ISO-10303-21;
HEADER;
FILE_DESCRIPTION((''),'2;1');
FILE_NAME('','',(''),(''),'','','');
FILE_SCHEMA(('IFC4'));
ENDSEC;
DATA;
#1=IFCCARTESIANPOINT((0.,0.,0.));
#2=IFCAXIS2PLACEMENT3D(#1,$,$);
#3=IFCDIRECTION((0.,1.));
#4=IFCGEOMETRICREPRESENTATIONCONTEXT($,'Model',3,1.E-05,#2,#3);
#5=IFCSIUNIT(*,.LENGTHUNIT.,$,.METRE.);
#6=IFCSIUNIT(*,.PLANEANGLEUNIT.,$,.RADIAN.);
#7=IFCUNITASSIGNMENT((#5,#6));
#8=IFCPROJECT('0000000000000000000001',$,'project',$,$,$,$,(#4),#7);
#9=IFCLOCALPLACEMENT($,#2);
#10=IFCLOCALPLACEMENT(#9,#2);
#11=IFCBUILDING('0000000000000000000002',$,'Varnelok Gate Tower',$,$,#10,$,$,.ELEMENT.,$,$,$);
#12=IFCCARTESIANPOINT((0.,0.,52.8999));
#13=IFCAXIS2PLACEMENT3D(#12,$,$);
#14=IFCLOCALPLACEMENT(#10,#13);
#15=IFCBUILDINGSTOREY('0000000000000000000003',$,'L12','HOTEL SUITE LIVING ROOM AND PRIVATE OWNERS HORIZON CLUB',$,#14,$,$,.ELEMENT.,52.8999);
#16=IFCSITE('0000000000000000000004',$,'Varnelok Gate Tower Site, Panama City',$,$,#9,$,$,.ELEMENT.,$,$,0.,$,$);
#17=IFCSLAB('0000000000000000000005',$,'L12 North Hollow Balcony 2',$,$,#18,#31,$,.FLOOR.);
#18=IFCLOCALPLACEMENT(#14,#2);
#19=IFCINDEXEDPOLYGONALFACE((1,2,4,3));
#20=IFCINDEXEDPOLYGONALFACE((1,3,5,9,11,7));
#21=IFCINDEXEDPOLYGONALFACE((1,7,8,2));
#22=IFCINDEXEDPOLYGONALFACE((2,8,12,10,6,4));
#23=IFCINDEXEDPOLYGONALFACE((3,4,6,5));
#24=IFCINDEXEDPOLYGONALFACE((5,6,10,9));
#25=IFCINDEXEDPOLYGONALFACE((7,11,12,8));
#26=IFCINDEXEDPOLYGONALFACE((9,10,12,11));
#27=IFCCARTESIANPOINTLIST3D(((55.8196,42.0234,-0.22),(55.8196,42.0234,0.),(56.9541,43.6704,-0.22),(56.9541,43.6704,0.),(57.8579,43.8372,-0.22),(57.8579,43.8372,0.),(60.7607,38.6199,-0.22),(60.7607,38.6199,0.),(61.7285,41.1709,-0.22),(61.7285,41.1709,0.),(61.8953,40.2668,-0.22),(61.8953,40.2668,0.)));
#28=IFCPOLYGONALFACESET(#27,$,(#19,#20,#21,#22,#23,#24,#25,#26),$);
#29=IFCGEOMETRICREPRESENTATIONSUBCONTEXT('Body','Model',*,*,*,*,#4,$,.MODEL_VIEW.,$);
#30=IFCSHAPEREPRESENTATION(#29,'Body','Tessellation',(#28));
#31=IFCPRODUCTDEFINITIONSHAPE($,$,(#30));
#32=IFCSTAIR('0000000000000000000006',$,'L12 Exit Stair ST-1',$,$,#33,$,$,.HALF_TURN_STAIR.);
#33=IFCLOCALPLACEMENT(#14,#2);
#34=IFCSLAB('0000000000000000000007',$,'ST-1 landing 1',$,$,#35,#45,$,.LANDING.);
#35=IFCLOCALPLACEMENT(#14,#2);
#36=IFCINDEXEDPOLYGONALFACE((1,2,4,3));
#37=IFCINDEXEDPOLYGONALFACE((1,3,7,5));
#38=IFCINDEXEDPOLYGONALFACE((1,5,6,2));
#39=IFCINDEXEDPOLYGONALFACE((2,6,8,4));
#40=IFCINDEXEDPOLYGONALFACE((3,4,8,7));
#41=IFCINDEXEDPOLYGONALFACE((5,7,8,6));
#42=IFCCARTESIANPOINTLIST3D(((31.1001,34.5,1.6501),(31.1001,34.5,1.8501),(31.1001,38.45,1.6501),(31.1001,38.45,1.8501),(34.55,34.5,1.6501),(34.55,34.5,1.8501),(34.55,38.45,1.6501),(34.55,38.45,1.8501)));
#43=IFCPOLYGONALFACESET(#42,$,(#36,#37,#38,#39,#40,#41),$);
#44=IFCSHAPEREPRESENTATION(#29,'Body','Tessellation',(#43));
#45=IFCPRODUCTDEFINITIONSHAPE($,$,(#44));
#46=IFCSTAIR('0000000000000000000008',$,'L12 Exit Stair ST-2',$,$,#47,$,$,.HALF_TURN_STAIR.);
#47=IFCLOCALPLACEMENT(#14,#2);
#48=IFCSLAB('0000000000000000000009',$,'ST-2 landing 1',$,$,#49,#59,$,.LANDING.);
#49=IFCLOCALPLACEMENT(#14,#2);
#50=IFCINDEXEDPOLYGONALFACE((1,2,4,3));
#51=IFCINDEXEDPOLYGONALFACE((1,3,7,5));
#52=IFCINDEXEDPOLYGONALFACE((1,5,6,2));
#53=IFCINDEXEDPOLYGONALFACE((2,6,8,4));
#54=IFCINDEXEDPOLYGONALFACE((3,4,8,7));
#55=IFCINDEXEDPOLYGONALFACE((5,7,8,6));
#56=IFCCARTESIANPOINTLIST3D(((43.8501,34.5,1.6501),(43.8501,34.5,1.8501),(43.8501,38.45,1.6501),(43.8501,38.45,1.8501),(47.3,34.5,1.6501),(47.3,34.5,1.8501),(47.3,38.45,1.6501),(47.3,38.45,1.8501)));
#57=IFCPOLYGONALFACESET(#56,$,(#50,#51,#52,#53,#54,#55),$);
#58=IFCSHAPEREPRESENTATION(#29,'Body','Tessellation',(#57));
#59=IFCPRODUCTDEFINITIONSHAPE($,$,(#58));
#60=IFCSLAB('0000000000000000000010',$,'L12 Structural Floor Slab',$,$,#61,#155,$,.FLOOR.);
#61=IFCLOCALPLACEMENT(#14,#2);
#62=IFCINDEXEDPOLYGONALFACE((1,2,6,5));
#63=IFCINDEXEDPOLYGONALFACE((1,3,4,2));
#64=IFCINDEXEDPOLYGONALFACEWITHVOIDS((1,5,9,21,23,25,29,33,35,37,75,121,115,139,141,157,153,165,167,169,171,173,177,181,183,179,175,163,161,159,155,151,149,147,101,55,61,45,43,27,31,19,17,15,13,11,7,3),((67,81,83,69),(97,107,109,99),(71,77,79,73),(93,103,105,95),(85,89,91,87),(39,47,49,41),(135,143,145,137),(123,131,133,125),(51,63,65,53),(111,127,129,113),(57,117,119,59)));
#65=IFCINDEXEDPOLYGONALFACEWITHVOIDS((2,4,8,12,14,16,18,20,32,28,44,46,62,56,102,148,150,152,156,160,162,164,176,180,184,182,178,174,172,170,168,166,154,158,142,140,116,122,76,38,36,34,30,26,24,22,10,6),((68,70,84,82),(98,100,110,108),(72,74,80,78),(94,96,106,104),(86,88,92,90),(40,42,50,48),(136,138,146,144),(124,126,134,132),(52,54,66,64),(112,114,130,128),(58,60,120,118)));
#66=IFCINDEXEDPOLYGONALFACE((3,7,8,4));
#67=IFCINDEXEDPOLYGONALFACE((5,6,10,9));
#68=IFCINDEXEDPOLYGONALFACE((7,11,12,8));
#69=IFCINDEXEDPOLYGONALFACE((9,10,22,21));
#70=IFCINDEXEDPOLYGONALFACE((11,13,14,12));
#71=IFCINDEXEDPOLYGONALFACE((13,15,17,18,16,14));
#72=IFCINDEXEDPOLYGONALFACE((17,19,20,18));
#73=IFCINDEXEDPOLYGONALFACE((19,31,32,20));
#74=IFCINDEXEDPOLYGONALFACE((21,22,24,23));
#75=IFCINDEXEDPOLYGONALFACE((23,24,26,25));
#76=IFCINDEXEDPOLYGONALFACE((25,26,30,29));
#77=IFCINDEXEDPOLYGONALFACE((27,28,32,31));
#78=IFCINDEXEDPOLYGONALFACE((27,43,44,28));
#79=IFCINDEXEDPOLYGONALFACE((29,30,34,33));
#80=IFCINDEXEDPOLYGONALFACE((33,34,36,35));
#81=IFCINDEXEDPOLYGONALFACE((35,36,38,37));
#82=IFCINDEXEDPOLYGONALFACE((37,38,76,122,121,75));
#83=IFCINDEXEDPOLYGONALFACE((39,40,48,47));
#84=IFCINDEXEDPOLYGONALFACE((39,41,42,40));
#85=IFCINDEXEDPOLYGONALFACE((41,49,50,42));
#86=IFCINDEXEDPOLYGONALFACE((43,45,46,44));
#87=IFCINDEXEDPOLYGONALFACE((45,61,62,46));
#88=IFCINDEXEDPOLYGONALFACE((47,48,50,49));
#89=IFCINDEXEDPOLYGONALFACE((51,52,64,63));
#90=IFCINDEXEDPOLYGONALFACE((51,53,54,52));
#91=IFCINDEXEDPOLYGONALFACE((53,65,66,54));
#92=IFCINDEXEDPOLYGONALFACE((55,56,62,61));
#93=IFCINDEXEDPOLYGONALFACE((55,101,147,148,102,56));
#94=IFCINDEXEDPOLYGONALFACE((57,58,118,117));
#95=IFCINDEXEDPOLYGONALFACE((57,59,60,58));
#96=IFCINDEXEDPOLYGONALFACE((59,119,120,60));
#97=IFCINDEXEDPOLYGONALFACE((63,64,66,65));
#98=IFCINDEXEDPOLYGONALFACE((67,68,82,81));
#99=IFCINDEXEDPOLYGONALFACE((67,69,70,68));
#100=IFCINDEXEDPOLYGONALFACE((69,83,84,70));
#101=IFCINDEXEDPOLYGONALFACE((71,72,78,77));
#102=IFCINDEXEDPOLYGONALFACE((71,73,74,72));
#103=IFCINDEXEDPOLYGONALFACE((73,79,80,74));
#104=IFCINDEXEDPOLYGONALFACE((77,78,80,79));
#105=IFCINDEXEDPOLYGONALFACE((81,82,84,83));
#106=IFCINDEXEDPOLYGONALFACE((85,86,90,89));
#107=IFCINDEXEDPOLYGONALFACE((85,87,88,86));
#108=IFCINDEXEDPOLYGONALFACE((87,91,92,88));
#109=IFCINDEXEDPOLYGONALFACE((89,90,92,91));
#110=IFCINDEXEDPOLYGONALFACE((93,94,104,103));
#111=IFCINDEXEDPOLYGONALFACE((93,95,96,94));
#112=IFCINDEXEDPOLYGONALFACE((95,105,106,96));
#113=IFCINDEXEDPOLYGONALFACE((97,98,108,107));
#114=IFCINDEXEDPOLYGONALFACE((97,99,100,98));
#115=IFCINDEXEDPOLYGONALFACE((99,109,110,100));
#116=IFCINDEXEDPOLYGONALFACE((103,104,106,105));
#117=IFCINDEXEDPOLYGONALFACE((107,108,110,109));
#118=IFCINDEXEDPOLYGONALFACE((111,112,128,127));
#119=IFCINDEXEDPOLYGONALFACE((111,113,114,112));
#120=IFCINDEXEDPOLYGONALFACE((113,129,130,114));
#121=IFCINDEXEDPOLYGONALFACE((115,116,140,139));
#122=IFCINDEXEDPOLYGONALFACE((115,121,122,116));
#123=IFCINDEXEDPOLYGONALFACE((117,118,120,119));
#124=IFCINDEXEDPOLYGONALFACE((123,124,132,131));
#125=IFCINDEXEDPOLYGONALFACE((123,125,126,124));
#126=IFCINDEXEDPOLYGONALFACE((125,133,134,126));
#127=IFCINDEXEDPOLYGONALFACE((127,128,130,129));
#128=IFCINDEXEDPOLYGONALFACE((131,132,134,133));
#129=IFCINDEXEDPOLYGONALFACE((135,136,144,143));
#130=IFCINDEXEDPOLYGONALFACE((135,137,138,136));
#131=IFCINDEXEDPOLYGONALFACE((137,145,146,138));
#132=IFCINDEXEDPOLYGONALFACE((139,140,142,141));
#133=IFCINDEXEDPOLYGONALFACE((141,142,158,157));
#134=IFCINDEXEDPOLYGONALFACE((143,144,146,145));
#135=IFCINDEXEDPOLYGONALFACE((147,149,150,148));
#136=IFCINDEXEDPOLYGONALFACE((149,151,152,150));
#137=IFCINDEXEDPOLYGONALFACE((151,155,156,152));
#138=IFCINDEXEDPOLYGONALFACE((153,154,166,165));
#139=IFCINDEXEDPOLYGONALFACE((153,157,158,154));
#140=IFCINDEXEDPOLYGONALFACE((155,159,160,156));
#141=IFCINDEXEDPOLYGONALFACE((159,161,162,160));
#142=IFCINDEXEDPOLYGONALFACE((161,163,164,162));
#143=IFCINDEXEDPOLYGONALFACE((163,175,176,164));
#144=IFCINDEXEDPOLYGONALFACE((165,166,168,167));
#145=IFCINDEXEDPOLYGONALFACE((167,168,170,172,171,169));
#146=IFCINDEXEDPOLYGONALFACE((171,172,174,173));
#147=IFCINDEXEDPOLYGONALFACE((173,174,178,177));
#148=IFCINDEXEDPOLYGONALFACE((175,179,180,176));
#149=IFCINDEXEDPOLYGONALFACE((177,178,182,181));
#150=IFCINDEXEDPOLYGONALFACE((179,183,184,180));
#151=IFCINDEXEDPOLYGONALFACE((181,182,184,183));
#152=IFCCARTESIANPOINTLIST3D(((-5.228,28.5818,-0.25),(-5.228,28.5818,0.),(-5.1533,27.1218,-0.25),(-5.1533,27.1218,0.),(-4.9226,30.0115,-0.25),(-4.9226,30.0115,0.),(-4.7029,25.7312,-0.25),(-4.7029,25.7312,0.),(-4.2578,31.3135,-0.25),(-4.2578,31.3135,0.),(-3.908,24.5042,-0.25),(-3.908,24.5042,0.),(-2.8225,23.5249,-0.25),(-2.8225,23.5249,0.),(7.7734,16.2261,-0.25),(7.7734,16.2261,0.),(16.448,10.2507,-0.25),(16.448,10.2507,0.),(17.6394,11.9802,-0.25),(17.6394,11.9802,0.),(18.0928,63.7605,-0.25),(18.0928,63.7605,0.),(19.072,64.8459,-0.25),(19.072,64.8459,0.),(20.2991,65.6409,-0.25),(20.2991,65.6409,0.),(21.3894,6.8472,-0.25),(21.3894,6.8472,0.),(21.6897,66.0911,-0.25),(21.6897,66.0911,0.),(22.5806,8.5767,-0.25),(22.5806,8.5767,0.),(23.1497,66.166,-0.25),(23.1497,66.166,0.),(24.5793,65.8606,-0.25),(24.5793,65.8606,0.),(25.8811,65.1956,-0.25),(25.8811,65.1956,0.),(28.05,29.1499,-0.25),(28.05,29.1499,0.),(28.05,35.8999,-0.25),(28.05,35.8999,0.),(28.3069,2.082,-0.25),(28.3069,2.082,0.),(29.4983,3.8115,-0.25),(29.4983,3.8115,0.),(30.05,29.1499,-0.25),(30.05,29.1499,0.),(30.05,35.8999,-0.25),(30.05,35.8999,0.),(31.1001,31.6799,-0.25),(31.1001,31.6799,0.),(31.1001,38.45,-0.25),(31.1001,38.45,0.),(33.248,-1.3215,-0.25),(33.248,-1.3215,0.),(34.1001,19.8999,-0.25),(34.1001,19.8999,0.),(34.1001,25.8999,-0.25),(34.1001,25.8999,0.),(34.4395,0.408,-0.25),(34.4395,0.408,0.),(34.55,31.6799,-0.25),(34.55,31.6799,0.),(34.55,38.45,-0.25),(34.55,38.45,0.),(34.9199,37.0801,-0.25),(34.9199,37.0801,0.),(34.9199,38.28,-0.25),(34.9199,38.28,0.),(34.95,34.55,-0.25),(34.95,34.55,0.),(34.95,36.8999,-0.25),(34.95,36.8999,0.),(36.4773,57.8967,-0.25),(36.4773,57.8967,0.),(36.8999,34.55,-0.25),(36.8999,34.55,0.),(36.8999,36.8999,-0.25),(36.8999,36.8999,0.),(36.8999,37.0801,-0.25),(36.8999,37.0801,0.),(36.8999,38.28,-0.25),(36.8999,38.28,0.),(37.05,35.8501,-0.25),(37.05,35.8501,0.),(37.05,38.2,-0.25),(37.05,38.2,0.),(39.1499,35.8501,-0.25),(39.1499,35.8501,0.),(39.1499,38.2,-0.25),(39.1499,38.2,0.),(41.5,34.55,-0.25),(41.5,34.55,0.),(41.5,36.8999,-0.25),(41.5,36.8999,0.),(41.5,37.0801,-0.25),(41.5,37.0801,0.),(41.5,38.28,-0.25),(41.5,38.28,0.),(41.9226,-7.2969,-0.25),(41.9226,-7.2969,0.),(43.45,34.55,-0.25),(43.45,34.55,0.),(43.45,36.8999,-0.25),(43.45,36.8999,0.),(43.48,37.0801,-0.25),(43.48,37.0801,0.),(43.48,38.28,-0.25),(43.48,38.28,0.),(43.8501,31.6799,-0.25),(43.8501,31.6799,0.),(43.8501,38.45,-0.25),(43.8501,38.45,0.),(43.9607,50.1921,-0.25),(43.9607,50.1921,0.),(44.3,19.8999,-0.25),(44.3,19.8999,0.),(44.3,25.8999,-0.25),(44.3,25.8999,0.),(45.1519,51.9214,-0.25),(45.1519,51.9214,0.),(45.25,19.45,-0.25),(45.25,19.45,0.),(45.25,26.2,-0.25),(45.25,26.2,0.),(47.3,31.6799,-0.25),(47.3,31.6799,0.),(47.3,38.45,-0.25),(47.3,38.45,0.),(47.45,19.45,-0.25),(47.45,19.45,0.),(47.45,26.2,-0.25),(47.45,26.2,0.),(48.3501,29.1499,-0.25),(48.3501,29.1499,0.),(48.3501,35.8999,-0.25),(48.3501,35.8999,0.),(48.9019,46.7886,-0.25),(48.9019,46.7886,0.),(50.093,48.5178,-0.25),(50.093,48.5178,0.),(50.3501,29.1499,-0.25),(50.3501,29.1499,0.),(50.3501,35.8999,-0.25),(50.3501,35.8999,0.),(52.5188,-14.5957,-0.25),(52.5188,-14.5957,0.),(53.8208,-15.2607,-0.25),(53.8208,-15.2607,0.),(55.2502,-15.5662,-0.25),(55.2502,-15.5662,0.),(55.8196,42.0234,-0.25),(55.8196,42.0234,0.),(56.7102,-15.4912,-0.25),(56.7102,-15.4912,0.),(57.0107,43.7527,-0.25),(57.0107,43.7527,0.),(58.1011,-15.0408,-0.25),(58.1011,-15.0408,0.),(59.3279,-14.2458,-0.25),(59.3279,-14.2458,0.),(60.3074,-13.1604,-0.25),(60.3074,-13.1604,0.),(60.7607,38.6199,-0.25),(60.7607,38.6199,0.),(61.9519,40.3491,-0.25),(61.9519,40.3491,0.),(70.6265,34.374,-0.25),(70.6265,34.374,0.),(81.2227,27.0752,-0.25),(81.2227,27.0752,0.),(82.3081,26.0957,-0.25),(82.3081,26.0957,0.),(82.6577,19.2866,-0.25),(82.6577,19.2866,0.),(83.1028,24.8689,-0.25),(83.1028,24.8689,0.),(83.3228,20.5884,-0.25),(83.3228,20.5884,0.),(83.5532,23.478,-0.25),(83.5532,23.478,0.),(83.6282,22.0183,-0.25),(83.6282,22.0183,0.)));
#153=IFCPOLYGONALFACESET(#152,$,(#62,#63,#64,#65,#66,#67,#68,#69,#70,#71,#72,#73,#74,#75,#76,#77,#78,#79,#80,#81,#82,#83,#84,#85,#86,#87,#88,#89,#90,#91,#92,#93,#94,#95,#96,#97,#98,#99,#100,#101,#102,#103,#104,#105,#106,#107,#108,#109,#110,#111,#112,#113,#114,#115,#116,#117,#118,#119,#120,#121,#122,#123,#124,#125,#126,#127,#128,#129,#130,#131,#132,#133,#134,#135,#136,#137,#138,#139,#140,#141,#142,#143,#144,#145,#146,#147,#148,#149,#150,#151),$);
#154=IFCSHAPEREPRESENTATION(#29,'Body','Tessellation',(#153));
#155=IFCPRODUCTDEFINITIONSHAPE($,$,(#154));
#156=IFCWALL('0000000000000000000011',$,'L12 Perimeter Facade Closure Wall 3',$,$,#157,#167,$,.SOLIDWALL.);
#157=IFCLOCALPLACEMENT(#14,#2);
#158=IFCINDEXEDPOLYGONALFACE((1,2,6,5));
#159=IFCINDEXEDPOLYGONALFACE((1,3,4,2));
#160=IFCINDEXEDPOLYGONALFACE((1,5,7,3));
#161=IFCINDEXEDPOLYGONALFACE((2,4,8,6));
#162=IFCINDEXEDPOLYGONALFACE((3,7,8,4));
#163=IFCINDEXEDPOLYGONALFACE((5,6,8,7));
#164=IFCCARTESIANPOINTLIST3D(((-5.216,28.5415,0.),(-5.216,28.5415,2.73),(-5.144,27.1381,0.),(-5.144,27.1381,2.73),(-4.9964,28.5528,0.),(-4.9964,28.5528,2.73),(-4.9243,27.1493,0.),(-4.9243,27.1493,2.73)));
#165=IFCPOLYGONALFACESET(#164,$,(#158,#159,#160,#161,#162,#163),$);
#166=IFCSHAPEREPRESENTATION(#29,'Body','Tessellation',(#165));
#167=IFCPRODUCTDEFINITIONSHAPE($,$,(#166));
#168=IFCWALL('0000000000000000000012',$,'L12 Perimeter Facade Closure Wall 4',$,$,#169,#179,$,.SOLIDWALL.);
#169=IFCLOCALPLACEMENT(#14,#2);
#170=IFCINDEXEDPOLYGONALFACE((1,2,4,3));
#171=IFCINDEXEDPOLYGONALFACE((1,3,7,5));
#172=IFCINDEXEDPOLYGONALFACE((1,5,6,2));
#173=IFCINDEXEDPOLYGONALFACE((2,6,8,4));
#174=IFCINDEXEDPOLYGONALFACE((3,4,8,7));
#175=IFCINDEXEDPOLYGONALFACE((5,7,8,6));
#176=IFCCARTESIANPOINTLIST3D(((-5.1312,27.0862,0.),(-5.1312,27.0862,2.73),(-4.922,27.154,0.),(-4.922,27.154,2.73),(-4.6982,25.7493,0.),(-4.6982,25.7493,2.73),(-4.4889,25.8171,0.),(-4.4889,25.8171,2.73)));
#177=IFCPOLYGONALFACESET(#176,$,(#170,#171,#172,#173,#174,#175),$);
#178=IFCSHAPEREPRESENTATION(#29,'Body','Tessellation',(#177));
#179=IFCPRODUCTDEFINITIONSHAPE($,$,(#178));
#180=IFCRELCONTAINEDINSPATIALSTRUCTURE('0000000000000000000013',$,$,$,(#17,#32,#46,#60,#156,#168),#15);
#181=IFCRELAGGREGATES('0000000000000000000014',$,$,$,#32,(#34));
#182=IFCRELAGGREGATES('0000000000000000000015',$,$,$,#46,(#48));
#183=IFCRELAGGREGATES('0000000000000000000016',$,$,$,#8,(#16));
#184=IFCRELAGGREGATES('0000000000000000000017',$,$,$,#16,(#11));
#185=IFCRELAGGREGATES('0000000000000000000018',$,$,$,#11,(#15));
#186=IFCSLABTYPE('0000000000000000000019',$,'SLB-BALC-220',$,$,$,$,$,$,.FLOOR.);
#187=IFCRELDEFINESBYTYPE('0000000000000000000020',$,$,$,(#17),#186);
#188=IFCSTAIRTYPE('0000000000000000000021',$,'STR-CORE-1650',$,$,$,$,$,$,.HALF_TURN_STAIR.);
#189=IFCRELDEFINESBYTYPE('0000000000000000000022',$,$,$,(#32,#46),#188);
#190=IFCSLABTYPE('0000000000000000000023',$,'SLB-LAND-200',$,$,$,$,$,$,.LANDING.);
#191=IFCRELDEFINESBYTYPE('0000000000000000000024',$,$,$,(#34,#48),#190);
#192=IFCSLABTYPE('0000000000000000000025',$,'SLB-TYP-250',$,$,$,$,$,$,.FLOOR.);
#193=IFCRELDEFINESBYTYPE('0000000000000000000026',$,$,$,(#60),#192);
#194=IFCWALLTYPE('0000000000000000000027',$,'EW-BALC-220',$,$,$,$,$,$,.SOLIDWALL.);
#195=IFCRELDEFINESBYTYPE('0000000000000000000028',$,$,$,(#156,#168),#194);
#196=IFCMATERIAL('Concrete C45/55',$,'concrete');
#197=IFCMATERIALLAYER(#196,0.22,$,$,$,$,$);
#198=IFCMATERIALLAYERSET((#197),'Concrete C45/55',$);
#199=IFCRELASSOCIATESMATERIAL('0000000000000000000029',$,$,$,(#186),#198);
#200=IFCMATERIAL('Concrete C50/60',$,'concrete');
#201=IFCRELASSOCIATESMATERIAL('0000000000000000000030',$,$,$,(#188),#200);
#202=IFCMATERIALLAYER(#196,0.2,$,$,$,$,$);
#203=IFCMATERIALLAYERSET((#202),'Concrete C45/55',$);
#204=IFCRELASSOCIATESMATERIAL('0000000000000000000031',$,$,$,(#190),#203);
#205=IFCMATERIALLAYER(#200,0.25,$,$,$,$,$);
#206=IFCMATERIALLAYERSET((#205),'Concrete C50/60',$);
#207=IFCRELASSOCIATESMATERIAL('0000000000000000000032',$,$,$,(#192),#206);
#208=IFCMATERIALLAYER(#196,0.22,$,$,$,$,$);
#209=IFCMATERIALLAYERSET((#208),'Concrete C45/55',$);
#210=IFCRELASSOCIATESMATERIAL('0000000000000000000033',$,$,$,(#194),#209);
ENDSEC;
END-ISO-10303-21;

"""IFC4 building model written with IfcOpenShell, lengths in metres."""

from ifc_helpers import new_model, si_unit, direction, frame, frame_2d, origin, place, context, subcontext, project, spatial, polyline, rectangle, outline, extrude, material, layer, layer_set, type_object, element, aggregate, save


model = new_model("IFC4")

# Units and contexts
model_context = context("Model", 3, precision=1e-05, world=origin(), true_north=direction((0.0, 1.0)))
body_context = subcontext(model_context, "Body", "Model", "MODEL_VIEW")
ifc_project = project(units=[si_unit("LENGTHUNIT", "METRE"), si_unit("PLANEANGLEUNIT", "RADIAN")], contexts=[model_context])

# Site, building, storey
site_placement = place(None, origin())
site = spatial("IfcSite", under=ifc_project, at=site_placement, Name="Varnelok Gate Tower Site, Panama City", CompositionType="ELEMENT", RefElevation=0.0)
building_placement = place(site_placement, origin())
building = spatial("IfcBuilding", under=site, at=building_placement, Name="Varnelok Gate Tower", CompositionType="ELEMENT")
storey_placement = place(building_placement, frame((0.0, 0.0, 52.8999)))
storey = spatial("IfcBuildingStorey", under=building, at=storey_placement, Name="L12", Description="HOTEL SUITE LIVING ROOM AND PRIVATE OWNERS HORIZON CLUB", CompositionType="ELEMENT", Elevation=52.8999)

# Slab
ifc_material_1 = material(Name="Concrete C45/55", Category="concrete")
ifc_layer_1 = layer(ifc_material_1, 0.22)
ifc_layer_set_1 = layer_set([ifc_layer_1], Name="Concrete C45/55")
slab_type_1 = type_object("IfcSlabType", Name="SLB-BALC-220", PredefinedType="FLOOR", material=ifc_layer_set_1)
slab_1_placement = place(storey_placement, frame((0.0, 0.0, -0.22)))
element("IfcSlab", 1, at=slab_1_placement, inside=storey, type_object=slab_type_1, Name="L12 North Hollow Balcony 2", PredefinedType="FLOOR", context=body_context, shape_type="SweptSolid", body=[
    extrude(outline(polyline([(55.8196, 42.0234), (60.7607, 38.6199), (61.8953, 40.2668), (61.7285, 41.1709), (57.8579, 43.8372), (56.9541, 43.6704), (55.8196, 42.0234)])), origin(), (0.0, 0.0, 1.0), 0.22),
])

# Stairs, slabs
ifc_material_2 = material(Name="Concrete C50/60", Category="concrete")
stair_type = type_object("IfcStairType", Name="STR-CORE-1650", PredefinedType="HALF_TURN_STAIR", material=ifc_material_2)
stair_1_placement = place(storey_placement, origin())
stair_1 = element("IfcStair", 2, at=stair_1_placement, inside=storey, type_object=stair_type, Name="L12 Exit Stair ST-1", PredefinedType="HALF_TURN_STAIR")
ifc_layer_2 = layer(ifc_material_1, 0.2)
ifc_layer_set_2 = layer_set([ifc_layer_2], Name="Concrete C45/55")
slab_type_2 = type_object("IfcSlabType", Name="SLB-LAND-200", PredefinedType="LANDING", material=ifc_layer_set_2)
slab_2_placement = place(storey_placement, frame((0.0, 0.0, 1.6501)))
slab_2 = element("IfcSlab", 3, at=slab_2_placement, type_object=slab_type_2, Name="ST-1 landing 1", PredefinedType="LANDING", context=body_context, shape_type="SweptSolid", body=[
    extrude(outline(polyline([(34.55, 34.5), (34.55, 38.45), (31.1001, 38.45), (31.1001, 34.5), (34.55, 34.5)])), origin(), (0.0, 0.0, 1.0), 0.2),
])
aggregate(stair_1, [slab_2])
stair_2_placement = place(storey_placement, origin())
stair_2 = element("IfcStair", 4, at=stair_2_placement, inside=storey, type_object=stair_type, Name="L12 Exit Stair ST-2", PredefinedType="HALF_TURN_STAIR")
slab_3_placement = place(storey_placement, frame((0.0, 0.0, 1.6501)))
slab_3 = element("IfcSlab", 5, at=slab_3_placement, type_object=slab_type_2, Name="ST-2 landing 1", PredefinedType="LANDING", context=body_context, shape_type="SweptSolid", body=[
    extrude(outline(polyline([(47.3, 34.5), (47.3, 38.45), (43.8501, 38.45), (43.8501, 34.5), (47.3, 34.5)])), origin(), (0.0, 0.0, 1.0), 0.2),
])
aggregate(stair_2, [slab_3])

# Slab
ifc_layer_3 = layer(ifc_material_2, 0.25)
ifc_layer_set_3 = layer_set([ifc_layer_3], Name="Concrete C50/60")
slab_type_3 = type_object("IfcSlabType", Name="SLB-TYP-250", PredefinedType="FLOOR", material=ifc_layer_set_3)
slab_4_placement = place(storey_placement, frame((0.0, 0.0, -0.25)))
element("IfcSlab", 6, at=slab_4_placement, inside=storey, type_object=slab_type_3, Name="L12 Structural Floor Slab", PredefinedType="FLOOR", context=body_context, shape_type="SweptSolid", body=[
    extrude(outline(polyline([(-4.2578, 31.3135), (-4.9226, 30.0115), (-5.228, 28.5818), (-5.1533, 27.1218), (-4.7029, 25.7312), (-3.908, 24.5042), (-2.8225, 23.5249), (7.7734, 16.2261), (16.448, 10.2507), (17.6394, 11.9802), (22.5806, 8.5767), (21.3894, 6.8472), (28.3069, 2.082), (29.4983, 3.8115), (34.4395, 0.408), (33.248, -1.3215), (41.9226, -7.2969), (52.5188, -14.5957), (53.8208, -15.2607), (55.2502, -15.5662), (56.7102, -15.4912), (58.1011, -15.0408), (59.3279, -14.2458), (60.3074, -13.1604), (82.6577, 19.2866), (83.3228, 20.5884), (83.6282, 22.0183), (83.5532, 23.478), (83.1028, 24.8689), (82.3081, 26.0957), (81.2227, 27.0752), (70.6265, 34.374), (61.9519, 40.3491), (60.7607, 38.6199), (55.8196, 42.0234), (57.0107, 43.7527), (50.093, 48.5178), (48.9019, 46.7886), (43.9607, 50.1921), (45.1519, 51.9214), (36.4773, 57.8967), (25.8811, 65.1956), (24.5793, 65.8606), (23.1497, 66.166), (21.6897, 66.0911), (20.2991, 65.6409), (19.072, 64.8459), (18.0928, 63.7605), (-4.2578, 31.3135)]), holes=[polyline([(34.55, 31.6799), (34.55, 38.45), (31.1001, 38.45), (31.1001, 31.6799), (34.55, 31.6799)]), polyline([(47.3, 31.6799), (47.3, 38.45), (43.8501, 38.45), (43.8501, 31.6799), (47.3, 31.6799)]), polyline([(34.95, 34.55), (36.8999, 34.55), (36.8999, 36.8999), (34.95, 36.8999), (34.95, 34.55)]), polyline([(41.5, 34.55), (43.45, 34.55), (43.45, 36.8999), (41.5, 36.8999), (41.5, 34.55)]), polyline([(37.05, 35.8501), (39.1499, 35.8501), (39.1499, 38.2), (37.05, 38.2), (37.05, 35.8501)]), polyline([(28.05, 29.1499), (30.05, 29.1499), (30.05, 35.8999), (28.05, 35.8999), (28.05, 29.1499)]), polyline([(48.3501, 29.1499), (50.3501, 29.1499), (50.3501, 35.8999), (48.3501, 35.8999), (48.3501, 29.1499)]), polyline([(45.25, 19.45), (47.45, 19.45), (47.45, 26.2), (45.25, 26.2), (45.25, 19.45)]), polyline([(34.9199, 37.0801), (36.8999, 37.0801), (36.8999, 38.28), (34.9199, 38.28), (34.9199, 37.0801)]), polyline([(41.5, 37.0801), (43.48, 37.0801), (43.48, 38.28), (41.5, 38.28), (41.5, 37.0801)]), polyline([(34.1001, 19.8999), (44.3, 19.8999), (44.3, 25.8999), (34.1001, 25.8999), (34.1001, 19.8999)])]), origin(), (0.0, 0.0, 1.0), 0.25),
])

# Walls
ifc_layer_4 = layer(ifc_material_1, 0.22)
ifc_layer_set_4 = layer_set([ifc_layer_4], Name="Concrete C45/55")
wall_type_1 = type_object("IfcWallType", Name="EW-BALC-220", PredefinedType="SOLIDWALL", material=ifc_layer_set_4)
for number, where, z_axis, x_axis, name in (
    (7, (-5.1062, 28.5471, 0.0), (0.0, 0.0, 1.0), (0.051255, -0.998686, 0.0), "L12 Perimeter Facade Closure Wall 3"),
    (8, (-5.0266, 27.1201, 0.0), (0.0, 0.0, 1.0), (0.30819, -0.951325, 0.0), "L12 Perimeter Facade Closure Wall 4"),
):
    element("IfcWall", number, at=place(storey_placement, frame(where, z_axis=z_axis, x_axis=x_axis)), inside=storey, type_object=wall_type_1, Name=name, PredefinedType="SOLIDWALL", context=body_context, shape_type="SweptSolid", body=[
        extrude(rectangle(XDim=1.4053, YDim=0.22, at=frame_2d((0.7026, 0.0))), origin(), (0.0, 0.0, 1.0), 2.73),
    ])

save(model, "model.ifc")
